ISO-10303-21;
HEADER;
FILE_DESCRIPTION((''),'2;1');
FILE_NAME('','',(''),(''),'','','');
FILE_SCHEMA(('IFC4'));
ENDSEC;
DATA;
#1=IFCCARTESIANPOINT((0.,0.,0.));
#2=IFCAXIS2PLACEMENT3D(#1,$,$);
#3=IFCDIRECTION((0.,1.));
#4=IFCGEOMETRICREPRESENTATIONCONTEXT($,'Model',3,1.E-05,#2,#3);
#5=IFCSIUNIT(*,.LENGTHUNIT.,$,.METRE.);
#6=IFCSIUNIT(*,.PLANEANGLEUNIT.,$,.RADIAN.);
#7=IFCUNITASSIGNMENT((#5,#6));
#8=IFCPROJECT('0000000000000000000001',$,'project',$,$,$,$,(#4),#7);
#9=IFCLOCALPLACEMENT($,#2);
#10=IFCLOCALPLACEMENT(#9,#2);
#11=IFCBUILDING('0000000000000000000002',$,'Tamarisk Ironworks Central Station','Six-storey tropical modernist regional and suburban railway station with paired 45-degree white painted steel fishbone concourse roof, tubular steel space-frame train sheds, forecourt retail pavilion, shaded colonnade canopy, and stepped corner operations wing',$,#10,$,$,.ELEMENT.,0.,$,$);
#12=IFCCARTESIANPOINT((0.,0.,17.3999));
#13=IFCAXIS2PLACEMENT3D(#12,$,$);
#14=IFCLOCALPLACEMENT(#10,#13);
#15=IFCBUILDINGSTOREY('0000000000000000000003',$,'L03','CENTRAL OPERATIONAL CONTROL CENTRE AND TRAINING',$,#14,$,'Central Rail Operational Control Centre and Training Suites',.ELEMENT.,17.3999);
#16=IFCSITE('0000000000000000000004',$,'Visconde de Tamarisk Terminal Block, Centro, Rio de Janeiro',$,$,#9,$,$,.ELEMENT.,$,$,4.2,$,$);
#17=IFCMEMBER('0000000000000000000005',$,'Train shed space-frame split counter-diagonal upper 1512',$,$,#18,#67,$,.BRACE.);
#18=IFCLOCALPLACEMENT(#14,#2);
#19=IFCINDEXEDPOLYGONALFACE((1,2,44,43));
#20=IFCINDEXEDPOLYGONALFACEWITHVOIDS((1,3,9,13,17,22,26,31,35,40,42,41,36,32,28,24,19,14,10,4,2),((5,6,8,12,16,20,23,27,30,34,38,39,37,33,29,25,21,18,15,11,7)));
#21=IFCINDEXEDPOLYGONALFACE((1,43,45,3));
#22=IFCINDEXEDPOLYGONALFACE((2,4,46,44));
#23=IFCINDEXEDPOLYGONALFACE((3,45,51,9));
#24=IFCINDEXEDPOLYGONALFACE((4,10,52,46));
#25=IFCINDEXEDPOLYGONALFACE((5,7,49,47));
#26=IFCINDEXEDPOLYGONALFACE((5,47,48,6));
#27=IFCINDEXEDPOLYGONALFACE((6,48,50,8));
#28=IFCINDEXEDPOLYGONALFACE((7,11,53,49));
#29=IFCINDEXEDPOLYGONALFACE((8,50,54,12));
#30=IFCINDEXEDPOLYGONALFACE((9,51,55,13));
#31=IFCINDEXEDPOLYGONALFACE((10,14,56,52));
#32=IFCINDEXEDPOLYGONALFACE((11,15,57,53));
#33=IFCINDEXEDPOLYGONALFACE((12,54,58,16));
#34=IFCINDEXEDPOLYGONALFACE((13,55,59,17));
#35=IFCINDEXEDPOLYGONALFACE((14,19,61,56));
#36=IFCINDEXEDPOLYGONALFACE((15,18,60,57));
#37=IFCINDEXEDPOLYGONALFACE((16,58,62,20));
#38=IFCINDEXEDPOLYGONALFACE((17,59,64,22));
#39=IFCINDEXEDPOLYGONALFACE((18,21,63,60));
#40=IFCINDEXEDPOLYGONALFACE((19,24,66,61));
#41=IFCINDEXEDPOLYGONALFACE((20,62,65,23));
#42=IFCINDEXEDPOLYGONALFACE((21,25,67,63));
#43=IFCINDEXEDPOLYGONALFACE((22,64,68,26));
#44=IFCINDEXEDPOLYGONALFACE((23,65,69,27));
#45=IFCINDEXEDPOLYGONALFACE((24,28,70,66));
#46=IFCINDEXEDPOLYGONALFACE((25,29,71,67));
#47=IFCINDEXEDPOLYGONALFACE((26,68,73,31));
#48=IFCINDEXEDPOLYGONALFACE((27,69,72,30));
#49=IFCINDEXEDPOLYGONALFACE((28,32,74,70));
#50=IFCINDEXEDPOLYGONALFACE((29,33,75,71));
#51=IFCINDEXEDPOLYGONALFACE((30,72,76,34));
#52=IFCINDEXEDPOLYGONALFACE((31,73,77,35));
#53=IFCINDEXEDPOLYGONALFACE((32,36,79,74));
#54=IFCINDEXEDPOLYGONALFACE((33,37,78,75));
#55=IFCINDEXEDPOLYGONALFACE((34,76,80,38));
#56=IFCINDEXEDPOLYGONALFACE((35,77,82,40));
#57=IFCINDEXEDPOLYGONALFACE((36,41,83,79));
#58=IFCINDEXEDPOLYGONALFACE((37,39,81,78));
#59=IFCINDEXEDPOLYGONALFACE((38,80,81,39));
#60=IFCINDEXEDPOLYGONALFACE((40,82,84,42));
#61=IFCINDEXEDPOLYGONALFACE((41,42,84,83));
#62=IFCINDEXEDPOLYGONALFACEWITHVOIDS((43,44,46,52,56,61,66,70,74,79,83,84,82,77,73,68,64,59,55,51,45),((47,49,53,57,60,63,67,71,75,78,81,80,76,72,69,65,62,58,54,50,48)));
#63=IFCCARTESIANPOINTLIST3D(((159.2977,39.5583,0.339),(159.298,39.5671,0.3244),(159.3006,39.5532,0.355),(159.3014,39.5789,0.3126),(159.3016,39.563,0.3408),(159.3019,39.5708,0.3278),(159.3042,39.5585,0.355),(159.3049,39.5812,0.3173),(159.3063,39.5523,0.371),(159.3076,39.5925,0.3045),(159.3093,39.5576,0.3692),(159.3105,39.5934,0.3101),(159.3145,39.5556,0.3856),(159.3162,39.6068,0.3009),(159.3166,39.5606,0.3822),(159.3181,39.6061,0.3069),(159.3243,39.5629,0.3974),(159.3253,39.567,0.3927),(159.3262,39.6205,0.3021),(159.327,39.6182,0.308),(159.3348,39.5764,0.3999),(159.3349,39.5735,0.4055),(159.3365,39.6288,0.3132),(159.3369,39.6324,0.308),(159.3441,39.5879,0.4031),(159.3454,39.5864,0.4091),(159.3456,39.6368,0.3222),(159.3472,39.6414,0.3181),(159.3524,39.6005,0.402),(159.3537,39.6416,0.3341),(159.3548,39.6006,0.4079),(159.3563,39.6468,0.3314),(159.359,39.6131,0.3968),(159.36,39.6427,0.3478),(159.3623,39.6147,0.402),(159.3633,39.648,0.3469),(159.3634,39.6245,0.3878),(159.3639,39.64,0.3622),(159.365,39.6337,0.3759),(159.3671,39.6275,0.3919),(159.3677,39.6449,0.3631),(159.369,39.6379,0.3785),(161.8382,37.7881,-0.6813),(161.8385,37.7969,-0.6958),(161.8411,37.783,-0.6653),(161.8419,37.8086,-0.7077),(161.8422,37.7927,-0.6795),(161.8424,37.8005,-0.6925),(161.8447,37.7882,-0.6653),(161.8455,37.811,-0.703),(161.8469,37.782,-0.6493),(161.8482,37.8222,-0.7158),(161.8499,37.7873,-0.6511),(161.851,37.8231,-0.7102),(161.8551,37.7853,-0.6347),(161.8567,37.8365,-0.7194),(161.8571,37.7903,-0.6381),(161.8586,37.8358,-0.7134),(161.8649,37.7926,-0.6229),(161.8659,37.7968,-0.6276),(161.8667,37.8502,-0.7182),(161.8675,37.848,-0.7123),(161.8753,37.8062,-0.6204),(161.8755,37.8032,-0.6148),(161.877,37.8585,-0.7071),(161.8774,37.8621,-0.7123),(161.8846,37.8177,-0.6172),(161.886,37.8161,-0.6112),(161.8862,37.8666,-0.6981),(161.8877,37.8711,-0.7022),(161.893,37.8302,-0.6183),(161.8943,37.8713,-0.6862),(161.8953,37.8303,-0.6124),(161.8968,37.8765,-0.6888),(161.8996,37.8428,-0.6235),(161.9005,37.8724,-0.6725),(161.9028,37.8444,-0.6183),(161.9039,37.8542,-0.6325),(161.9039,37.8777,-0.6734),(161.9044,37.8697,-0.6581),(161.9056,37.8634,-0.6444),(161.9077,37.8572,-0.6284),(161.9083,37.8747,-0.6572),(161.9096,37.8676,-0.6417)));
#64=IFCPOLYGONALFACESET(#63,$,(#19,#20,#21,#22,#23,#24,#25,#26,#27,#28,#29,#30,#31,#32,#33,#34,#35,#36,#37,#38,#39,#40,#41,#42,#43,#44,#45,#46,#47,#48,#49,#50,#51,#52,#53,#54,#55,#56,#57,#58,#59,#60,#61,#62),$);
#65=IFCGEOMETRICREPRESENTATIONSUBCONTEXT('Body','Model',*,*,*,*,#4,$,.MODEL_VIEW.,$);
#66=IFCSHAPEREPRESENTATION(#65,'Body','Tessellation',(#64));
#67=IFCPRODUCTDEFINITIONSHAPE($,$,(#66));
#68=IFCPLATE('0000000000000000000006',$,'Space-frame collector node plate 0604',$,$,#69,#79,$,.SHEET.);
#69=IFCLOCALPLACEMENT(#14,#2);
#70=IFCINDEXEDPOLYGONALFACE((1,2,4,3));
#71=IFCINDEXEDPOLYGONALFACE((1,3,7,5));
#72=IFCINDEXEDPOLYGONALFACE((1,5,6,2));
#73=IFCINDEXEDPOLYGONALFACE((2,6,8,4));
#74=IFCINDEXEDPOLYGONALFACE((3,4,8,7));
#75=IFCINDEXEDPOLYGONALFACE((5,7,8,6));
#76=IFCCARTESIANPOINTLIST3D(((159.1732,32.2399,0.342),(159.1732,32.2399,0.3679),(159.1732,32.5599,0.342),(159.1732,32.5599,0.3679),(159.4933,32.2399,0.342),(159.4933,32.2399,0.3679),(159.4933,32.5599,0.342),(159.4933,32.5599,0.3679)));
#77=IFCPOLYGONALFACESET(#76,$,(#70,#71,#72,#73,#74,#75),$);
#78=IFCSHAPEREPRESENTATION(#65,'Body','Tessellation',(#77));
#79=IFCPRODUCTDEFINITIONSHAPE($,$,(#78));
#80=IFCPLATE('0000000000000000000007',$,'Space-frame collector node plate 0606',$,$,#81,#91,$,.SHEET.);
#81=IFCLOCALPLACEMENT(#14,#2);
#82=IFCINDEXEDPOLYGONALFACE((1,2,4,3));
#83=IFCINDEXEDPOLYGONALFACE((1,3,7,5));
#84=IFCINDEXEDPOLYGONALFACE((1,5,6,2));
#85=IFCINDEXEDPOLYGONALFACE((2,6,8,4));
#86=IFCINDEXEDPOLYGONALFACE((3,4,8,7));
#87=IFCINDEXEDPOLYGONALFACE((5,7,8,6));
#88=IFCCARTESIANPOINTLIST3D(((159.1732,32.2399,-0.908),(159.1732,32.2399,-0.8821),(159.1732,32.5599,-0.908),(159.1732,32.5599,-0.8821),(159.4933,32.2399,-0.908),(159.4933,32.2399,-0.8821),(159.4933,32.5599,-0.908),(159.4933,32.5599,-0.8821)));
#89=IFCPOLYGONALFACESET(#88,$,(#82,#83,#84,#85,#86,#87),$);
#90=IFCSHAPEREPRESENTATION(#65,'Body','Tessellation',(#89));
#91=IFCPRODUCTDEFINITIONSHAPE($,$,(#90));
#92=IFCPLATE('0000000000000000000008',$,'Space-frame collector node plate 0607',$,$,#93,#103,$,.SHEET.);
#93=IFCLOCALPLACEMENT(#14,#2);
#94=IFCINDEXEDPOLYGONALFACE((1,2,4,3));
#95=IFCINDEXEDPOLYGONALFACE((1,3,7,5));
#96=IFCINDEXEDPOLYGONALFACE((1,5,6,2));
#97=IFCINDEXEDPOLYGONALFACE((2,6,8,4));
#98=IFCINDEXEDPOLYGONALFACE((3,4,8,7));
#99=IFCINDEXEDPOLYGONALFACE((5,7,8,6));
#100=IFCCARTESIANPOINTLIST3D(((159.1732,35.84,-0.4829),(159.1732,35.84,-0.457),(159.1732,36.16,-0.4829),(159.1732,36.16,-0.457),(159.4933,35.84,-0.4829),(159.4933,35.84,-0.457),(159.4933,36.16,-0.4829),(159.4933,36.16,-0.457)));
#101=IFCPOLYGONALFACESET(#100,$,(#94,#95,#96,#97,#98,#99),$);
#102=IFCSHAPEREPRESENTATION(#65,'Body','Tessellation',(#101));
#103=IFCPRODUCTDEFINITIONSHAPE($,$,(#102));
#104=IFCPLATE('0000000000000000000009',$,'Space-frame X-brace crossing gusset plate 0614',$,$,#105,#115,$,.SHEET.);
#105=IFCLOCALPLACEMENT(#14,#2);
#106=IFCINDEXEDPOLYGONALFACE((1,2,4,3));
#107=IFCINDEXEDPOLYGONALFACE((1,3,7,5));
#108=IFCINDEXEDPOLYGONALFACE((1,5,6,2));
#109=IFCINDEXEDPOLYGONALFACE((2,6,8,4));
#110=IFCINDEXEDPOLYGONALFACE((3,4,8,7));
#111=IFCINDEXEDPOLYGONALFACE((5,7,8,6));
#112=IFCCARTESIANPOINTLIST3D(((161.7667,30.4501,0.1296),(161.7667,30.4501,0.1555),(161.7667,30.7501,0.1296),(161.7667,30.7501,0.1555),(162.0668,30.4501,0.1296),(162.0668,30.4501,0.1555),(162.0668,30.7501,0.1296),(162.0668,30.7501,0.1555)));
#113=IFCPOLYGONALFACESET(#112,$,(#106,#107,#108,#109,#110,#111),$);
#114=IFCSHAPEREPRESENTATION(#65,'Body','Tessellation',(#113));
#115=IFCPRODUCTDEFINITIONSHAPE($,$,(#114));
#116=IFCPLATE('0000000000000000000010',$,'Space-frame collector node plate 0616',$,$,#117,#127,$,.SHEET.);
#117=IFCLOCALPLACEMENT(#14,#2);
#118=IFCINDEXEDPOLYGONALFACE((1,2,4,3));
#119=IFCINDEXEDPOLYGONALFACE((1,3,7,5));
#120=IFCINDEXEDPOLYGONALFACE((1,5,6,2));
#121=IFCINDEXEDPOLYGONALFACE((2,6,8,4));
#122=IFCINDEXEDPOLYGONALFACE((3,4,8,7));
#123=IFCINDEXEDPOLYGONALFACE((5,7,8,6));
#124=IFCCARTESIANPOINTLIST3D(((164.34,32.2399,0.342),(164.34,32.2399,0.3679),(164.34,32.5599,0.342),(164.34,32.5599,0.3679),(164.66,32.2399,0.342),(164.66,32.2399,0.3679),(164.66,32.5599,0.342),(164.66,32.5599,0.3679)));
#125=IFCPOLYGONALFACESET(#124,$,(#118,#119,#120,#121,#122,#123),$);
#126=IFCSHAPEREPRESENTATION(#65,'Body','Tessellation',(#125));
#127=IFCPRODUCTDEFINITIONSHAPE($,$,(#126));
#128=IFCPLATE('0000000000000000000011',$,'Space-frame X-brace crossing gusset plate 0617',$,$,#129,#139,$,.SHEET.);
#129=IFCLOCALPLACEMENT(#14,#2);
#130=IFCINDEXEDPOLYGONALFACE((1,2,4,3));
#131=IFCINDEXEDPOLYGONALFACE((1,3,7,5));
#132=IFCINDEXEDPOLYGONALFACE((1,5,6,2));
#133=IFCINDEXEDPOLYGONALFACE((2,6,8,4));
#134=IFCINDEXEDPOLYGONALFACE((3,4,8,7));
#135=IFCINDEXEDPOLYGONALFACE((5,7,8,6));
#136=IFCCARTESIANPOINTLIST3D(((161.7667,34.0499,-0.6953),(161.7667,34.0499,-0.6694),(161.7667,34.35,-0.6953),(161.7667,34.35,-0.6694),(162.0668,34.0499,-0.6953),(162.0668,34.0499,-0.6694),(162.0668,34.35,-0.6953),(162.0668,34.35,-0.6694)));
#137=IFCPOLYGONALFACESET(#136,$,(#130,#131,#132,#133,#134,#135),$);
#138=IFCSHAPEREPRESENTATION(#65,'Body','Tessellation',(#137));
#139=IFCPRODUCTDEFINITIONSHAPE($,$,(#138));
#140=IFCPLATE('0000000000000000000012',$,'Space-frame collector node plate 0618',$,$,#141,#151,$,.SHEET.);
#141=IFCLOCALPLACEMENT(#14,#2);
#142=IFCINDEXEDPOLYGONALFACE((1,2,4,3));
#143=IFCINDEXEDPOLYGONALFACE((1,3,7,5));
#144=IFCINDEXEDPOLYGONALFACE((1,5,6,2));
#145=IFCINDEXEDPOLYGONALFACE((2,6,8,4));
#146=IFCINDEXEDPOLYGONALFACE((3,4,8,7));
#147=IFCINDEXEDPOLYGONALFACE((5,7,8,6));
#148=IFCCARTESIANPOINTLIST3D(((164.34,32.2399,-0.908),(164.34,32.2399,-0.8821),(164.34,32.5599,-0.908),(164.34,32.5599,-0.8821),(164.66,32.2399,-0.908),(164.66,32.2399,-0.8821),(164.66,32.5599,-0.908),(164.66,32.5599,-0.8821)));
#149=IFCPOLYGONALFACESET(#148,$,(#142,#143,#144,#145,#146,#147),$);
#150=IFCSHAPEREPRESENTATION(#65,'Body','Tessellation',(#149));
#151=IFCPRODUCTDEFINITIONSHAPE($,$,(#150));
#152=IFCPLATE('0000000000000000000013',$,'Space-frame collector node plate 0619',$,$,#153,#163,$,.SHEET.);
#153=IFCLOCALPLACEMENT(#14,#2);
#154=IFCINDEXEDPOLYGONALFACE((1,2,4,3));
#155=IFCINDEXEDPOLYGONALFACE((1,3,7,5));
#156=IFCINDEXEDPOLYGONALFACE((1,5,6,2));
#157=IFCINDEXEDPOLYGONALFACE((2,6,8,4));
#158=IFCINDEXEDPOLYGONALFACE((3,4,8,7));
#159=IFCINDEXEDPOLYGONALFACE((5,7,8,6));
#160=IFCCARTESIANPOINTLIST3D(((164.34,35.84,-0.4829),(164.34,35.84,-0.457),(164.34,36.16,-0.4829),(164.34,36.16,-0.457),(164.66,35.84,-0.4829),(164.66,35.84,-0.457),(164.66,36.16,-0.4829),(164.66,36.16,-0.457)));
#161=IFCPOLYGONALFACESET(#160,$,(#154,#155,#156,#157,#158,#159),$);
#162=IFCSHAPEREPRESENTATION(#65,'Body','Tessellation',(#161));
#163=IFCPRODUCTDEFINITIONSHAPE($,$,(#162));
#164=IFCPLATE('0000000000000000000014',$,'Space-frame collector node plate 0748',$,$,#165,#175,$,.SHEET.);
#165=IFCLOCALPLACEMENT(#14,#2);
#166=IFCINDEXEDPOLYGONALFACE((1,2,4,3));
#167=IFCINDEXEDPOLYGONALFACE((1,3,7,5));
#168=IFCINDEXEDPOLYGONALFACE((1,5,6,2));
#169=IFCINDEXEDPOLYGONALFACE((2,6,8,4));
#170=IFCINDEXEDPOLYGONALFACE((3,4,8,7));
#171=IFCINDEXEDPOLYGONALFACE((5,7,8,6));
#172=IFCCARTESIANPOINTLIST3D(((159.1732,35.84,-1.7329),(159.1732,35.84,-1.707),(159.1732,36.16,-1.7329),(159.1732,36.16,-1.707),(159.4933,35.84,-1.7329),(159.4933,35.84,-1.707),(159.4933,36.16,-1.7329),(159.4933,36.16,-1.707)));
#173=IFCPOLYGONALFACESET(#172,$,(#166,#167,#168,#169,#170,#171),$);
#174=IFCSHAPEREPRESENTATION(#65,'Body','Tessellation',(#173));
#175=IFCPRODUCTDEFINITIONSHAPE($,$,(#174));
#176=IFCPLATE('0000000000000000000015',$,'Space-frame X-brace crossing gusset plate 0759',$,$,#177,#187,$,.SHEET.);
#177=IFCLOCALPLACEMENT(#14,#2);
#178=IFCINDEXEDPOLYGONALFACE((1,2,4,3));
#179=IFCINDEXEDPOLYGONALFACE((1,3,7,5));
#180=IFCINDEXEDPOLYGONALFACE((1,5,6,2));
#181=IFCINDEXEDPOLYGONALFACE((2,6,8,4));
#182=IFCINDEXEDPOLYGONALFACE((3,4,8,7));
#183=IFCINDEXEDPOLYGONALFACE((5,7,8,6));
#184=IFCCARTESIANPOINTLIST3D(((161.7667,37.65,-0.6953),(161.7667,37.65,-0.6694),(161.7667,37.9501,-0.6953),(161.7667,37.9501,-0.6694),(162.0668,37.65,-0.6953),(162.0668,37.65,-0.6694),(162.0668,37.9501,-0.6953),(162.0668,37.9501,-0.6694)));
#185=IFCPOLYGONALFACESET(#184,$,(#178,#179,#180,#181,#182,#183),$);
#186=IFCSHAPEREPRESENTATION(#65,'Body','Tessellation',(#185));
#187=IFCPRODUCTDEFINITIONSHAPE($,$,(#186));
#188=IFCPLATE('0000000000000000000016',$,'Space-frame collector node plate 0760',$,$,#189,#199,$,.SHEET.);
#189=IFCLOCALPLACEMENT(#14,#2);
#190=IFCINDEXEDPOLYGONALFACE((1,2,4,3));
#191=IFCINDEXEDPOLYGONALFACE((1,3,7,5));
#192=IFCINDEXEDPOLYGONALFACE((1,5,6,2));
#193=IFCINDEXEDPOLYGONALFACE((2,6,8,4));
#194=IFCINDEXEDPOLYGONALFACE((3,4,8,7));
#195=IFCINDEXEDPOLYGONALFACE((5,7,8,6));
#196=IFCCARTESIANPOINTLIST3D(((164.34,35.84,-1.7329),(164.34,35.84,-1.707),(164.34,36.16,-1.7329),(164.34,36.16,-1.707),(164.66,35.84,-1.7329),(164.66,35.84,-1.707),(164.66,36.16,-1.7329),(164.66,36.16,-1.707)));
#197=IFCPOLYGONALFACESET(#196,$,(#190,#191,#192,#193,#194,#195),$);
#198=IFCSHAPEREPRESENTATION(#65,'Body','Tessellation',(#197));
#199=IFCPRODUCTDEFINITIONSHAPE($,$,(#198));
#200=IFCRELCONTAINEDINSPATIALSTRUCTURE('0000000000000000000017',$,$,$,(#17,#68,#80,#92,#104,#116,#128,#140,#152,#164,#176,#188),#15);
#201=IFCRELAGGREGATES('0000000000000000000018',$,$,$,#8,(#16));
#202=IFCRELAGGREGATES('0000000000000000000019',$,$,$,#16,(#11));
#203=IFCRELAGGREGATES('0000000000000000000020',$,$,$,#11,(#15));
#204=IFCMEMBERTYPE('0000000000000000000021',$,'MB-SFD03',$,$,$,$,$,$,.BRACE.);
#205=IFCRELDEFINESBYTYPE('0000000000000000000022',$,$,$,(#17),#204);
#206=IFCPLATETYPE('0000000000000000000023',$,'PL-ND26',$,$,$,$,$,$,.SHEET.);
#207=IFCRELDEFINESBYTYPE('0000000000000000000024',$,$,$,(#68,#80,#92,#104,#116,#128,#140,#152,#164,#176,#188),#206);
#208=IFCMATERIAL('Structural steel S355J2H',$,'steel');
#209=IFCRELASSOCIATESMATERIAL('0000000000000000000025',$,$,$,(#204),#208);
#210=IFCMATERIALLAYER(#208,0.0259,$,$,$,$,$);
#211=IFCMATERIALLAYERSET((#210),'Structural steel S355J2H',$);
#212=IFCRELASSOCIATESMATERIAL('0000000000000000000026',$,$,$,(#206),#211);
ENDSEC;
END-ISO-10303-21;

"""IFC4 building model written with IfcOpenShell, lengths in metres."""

from ifc_helpers import new_model, si_unit, direction, frame, origin, origin_2d, place, context, subcontext, project, spatial, rectangle, hollow_circle, extrude, material, layer, layer_set, material_profile, profile_set, type_object, element, save


model = new_model("IFC4")

# Units and contexts
model_context = context("Model", 3, precision=1e-05, world=origin(), true_north=direction((0.0, 1.0)))
body_context = subcontext(model_context, "Body", "Model", "MODEL_VIEW")
ifc_project = project(units=[si_unit("LENGTHUNIT", "METRE"), si_unit("PLANEANGLEUNIT", "RADIAN")], contexts=[model_context])

# Site, building, storey
site_placement = place(None, origin())
site = spatial("IfcSite", under=ifc_project, at=site_placement, Name="Visconde de Tamarisk Terminal Block, Centro, Rio de Janeiro", CompositionType="ELEMENT", RefElevation=4.2)
building_placement = place(site_placement, origin())
building = spatial("IfcBuilding", under=site, at=building_placement, Name="Tamarisk Ironworks Central Station", Description="Six-storey tropical modernist regional and suburban railway station with paired 45-degree white painted steel fishbone concourse roof, tubular steel space-frame train sheds, forecourt retail pavilion, shaded colonnade canopy, and stepped corner operations wing", CompositionType="ELEMENT", ElevationOfRefHeight=0.0)
storey_placement = place(building_placement, frame((0.0, 0.0, 17.3999)))
storey = spatial("IfcBuildingStorey", under=building, at=storey_placement, Name="L03", Description="CENTRAL OPERATIONAL CONTROL CENTRE AND TRAINING", LongName="Central Rail Operational Control Centre and Training Suites", CompositionType="ELEMENT", Elevation=17.3999)

# Member
ifc_material_1 = material(Name="Structural steel S355J2H", Category="steel")
ifc_material_profile_1 = material_profile(ifc_material_1, hollow_circle(Radius=0.0571, WallThickness=0.0063, at=origin_2d()), Name="CHS 114.3x6.3")
ifc_profile_set_1 = profile_set([ifc_material_profile_1], Name="Structural steel S355J2H")
member_type_1 = type_object("IfcMemberType", Name="MB-SFD03", PredefinedType="BRACE", material=ifc_profile_set_1)
member_1_placement = place(storey_placement, frame((161.8738, 37.8298, -0.6653), z_axis=(-0.77925, 0.542989, 0.312943), x_axis=(-0.571704, -0.82046, 0.0)))
element("IfcMember", 1, at=member_1_placement, inside=storey, type_object=member_type_1, Name="Train shed space-frame split counter-diagonal upper 1512", PredefinedType="BRACE", context=body_context, shape_type="SweptSolid", body=[
    extrude(hollow_circle(Radius=0.0571, WallThickness=0.0063, at=origin_2d()), origin(), (0.0, 0.0, 1.0), 3.2603),
])

# Plates
ifc_layer = layer(ifc_material_1, 0.0259)
ifc_layer_set = layer_set([ifc_layer], Name="Structural steel S355J2H")
plate_type = type_object("IfcPlateType", Name="PL-ND26", PredefinedType="SHEET", material=ifc_layer_set)
for number, where, z_axis, x_axis, name in (
    (2, (159.3333, 32.3999, 0.342), (0.0, 0.0, 1.0), (1.0, 0.0, 0.0), "Space-frame collector node plate 0604"),
    (3, (159.3333, 32.3999, -0.908), (0.0, 0.0, 1.0), (1.0, 0.0, 0.0), "Space-frame collector node plate 0606"),
    (4, (159.3333, 36.0, -0.4829), (0.0, 0.0, 1.0), (1.0, 0.0, 0.0), "Space-frame collector node plate 0607"),
):
    element("IfcPlate", number, at=place(storey_placement, frame(where, z_axis=z_axis, x_axis=x_axis)), inside=storey, type_object=plate_type, Name=name, PredefinedType="SHEET", context=body_context, shape_type="SweptSolid", body=[
        extrude(rectangle(XDim=0.3201, YDim=0.3201, at=origin_2d()), origin(), (0.0, 0.0, 1.0), 0.0259),
    ])
plate_1_placement = place(storey_placement, frame((161.9167, 30.6001, 0.1296), z_axis=(0.0, 0.0, 1.0), x_axis=(1.0, 0.0, 0.0)))
element("IfcPlate", 5, at=plate_1_placement, inside=storey, type_object=plate_type, Name="Space-frame X-brace crossing gusset plate 0614", PredefinedType="SHEET", context=body_context, shape_type="SweptSolid", body=[
    extrude(rectangle(XDim=0.3, YDim=0.3, at=origin_2d()), origin(), (0.0, 0.0, 1.0), 0.0259),
])
plate_2_placement = place(storey_placement, frame((164.5, 32.3999, 0.342), z_axis=(0.0, 0.0, 1.0), x_axis=(1.0, 0.0, 0.0)))
element("IfcPlate", 6, at=plate_2_placement, inside=storey, type_object=plate_type, Name="Space-frame collector node plate 0616", PredefinedType="SHEET", context=body_context, shape_type="SweptSolid", body=[
    extrude(rectangle(XDim=0.3201, YDim=0.3201, at=origin_2d()), origin(), (0.0, 0.0, 1.0), 0.0259),
])
plate_3_placement = place(storey_placement, frame((161.9167, 34.2, -0.6953), z_axis=(0.0, 0.0, 1.0), x_axis=(1.0, 0.0, 0.0)))
element("IfcPlate", 7, at=plate_3_placement, inside=storey, type_object=plate_type, Name="Space-frame X-brace crossing gusset plate 0617", PredefinedType="SHEET", context=body_context, shape_type="SweptSolid", body=[
    extrude(rectangle(XDim=0.3, YDim=0.3, at=origin_2d()), origin(), (0.0, 0.0, 1.0), 0.0259),
])
for number, where, z_axis, x_axis, name in (
    (8, (164.5, 32.3999, -0.908), (0.0, 0.0, 1.0), (1.0, 0.0, 0.0), "Space-frame collector node plate 0618"),
    (9, (164.5, 36.0, -0.4829), (0.0, 0.0, 1.0), (1.0, 0.0, 0.0), "Space-frame collector node plate 0619"),
    (10, (159.3333, 36.0, -1.7329), (0.0, 0.0, 1.0), (1.0, 0.0, 0.0), "Space-frame collector node plate 0748"),
):
    element("IfcPlate", number, at=place(storey_placement, frame(where, z_axis=z_axis, x_axis=x_axis)), inside=storey, type_object=plate_type, Name=name, PredefinedType="SHEET", context=body_context, shape_type="SweptSolid", body=[
        extrude(rectangle(XDim=0.3201, YDim=0.3201, at=origin_2d()), origin(), (0.0, 0.0, 1.0), 0.0259),
    ])
plate_4_placement = place(storey_placement, frame((161.9167, 37.8, -0.6953), z_axis=(0.0, 0.0, 1.0), x_axis=(1.0, 0.0, 0.0)))
element("IfcPlate", 11, at=plate_4_placement, inside=storey, type_object=plate_type, Name="Space-frame X-brace crossing gusset plate 0759", PredefinedType="SHEET", context=body_context, shape_type="SweptSolid", body=[
    extrude(rectangle(XDim=0.3, YDim=0.3, at=origin_2d()), origin(), (0.0, 0.0, 1.0), 0.0259),
])
plate_5_placement = place(storey_placement, frame((164.5, 36.0, -1.7329), z_axis=(0.0, 0.0, 1.0), x_axis=(1.0, 0.0, 0.0)))
element("IfcPlate", 12, at=plate_5_placement, inside=storey, type_object=plate_type, Name="Space-frame collector node plate 0760", PredefinedType="SHEET", context=body_context, shape_type="SweptSolid", body=[
    extrude(rectangle(XDim=0.3201, YDim=0.3201, at=origin_2d()), origin(), (0.0, 0.0, 1.0), 0.0259),
])

save(model, "model.ifc")
